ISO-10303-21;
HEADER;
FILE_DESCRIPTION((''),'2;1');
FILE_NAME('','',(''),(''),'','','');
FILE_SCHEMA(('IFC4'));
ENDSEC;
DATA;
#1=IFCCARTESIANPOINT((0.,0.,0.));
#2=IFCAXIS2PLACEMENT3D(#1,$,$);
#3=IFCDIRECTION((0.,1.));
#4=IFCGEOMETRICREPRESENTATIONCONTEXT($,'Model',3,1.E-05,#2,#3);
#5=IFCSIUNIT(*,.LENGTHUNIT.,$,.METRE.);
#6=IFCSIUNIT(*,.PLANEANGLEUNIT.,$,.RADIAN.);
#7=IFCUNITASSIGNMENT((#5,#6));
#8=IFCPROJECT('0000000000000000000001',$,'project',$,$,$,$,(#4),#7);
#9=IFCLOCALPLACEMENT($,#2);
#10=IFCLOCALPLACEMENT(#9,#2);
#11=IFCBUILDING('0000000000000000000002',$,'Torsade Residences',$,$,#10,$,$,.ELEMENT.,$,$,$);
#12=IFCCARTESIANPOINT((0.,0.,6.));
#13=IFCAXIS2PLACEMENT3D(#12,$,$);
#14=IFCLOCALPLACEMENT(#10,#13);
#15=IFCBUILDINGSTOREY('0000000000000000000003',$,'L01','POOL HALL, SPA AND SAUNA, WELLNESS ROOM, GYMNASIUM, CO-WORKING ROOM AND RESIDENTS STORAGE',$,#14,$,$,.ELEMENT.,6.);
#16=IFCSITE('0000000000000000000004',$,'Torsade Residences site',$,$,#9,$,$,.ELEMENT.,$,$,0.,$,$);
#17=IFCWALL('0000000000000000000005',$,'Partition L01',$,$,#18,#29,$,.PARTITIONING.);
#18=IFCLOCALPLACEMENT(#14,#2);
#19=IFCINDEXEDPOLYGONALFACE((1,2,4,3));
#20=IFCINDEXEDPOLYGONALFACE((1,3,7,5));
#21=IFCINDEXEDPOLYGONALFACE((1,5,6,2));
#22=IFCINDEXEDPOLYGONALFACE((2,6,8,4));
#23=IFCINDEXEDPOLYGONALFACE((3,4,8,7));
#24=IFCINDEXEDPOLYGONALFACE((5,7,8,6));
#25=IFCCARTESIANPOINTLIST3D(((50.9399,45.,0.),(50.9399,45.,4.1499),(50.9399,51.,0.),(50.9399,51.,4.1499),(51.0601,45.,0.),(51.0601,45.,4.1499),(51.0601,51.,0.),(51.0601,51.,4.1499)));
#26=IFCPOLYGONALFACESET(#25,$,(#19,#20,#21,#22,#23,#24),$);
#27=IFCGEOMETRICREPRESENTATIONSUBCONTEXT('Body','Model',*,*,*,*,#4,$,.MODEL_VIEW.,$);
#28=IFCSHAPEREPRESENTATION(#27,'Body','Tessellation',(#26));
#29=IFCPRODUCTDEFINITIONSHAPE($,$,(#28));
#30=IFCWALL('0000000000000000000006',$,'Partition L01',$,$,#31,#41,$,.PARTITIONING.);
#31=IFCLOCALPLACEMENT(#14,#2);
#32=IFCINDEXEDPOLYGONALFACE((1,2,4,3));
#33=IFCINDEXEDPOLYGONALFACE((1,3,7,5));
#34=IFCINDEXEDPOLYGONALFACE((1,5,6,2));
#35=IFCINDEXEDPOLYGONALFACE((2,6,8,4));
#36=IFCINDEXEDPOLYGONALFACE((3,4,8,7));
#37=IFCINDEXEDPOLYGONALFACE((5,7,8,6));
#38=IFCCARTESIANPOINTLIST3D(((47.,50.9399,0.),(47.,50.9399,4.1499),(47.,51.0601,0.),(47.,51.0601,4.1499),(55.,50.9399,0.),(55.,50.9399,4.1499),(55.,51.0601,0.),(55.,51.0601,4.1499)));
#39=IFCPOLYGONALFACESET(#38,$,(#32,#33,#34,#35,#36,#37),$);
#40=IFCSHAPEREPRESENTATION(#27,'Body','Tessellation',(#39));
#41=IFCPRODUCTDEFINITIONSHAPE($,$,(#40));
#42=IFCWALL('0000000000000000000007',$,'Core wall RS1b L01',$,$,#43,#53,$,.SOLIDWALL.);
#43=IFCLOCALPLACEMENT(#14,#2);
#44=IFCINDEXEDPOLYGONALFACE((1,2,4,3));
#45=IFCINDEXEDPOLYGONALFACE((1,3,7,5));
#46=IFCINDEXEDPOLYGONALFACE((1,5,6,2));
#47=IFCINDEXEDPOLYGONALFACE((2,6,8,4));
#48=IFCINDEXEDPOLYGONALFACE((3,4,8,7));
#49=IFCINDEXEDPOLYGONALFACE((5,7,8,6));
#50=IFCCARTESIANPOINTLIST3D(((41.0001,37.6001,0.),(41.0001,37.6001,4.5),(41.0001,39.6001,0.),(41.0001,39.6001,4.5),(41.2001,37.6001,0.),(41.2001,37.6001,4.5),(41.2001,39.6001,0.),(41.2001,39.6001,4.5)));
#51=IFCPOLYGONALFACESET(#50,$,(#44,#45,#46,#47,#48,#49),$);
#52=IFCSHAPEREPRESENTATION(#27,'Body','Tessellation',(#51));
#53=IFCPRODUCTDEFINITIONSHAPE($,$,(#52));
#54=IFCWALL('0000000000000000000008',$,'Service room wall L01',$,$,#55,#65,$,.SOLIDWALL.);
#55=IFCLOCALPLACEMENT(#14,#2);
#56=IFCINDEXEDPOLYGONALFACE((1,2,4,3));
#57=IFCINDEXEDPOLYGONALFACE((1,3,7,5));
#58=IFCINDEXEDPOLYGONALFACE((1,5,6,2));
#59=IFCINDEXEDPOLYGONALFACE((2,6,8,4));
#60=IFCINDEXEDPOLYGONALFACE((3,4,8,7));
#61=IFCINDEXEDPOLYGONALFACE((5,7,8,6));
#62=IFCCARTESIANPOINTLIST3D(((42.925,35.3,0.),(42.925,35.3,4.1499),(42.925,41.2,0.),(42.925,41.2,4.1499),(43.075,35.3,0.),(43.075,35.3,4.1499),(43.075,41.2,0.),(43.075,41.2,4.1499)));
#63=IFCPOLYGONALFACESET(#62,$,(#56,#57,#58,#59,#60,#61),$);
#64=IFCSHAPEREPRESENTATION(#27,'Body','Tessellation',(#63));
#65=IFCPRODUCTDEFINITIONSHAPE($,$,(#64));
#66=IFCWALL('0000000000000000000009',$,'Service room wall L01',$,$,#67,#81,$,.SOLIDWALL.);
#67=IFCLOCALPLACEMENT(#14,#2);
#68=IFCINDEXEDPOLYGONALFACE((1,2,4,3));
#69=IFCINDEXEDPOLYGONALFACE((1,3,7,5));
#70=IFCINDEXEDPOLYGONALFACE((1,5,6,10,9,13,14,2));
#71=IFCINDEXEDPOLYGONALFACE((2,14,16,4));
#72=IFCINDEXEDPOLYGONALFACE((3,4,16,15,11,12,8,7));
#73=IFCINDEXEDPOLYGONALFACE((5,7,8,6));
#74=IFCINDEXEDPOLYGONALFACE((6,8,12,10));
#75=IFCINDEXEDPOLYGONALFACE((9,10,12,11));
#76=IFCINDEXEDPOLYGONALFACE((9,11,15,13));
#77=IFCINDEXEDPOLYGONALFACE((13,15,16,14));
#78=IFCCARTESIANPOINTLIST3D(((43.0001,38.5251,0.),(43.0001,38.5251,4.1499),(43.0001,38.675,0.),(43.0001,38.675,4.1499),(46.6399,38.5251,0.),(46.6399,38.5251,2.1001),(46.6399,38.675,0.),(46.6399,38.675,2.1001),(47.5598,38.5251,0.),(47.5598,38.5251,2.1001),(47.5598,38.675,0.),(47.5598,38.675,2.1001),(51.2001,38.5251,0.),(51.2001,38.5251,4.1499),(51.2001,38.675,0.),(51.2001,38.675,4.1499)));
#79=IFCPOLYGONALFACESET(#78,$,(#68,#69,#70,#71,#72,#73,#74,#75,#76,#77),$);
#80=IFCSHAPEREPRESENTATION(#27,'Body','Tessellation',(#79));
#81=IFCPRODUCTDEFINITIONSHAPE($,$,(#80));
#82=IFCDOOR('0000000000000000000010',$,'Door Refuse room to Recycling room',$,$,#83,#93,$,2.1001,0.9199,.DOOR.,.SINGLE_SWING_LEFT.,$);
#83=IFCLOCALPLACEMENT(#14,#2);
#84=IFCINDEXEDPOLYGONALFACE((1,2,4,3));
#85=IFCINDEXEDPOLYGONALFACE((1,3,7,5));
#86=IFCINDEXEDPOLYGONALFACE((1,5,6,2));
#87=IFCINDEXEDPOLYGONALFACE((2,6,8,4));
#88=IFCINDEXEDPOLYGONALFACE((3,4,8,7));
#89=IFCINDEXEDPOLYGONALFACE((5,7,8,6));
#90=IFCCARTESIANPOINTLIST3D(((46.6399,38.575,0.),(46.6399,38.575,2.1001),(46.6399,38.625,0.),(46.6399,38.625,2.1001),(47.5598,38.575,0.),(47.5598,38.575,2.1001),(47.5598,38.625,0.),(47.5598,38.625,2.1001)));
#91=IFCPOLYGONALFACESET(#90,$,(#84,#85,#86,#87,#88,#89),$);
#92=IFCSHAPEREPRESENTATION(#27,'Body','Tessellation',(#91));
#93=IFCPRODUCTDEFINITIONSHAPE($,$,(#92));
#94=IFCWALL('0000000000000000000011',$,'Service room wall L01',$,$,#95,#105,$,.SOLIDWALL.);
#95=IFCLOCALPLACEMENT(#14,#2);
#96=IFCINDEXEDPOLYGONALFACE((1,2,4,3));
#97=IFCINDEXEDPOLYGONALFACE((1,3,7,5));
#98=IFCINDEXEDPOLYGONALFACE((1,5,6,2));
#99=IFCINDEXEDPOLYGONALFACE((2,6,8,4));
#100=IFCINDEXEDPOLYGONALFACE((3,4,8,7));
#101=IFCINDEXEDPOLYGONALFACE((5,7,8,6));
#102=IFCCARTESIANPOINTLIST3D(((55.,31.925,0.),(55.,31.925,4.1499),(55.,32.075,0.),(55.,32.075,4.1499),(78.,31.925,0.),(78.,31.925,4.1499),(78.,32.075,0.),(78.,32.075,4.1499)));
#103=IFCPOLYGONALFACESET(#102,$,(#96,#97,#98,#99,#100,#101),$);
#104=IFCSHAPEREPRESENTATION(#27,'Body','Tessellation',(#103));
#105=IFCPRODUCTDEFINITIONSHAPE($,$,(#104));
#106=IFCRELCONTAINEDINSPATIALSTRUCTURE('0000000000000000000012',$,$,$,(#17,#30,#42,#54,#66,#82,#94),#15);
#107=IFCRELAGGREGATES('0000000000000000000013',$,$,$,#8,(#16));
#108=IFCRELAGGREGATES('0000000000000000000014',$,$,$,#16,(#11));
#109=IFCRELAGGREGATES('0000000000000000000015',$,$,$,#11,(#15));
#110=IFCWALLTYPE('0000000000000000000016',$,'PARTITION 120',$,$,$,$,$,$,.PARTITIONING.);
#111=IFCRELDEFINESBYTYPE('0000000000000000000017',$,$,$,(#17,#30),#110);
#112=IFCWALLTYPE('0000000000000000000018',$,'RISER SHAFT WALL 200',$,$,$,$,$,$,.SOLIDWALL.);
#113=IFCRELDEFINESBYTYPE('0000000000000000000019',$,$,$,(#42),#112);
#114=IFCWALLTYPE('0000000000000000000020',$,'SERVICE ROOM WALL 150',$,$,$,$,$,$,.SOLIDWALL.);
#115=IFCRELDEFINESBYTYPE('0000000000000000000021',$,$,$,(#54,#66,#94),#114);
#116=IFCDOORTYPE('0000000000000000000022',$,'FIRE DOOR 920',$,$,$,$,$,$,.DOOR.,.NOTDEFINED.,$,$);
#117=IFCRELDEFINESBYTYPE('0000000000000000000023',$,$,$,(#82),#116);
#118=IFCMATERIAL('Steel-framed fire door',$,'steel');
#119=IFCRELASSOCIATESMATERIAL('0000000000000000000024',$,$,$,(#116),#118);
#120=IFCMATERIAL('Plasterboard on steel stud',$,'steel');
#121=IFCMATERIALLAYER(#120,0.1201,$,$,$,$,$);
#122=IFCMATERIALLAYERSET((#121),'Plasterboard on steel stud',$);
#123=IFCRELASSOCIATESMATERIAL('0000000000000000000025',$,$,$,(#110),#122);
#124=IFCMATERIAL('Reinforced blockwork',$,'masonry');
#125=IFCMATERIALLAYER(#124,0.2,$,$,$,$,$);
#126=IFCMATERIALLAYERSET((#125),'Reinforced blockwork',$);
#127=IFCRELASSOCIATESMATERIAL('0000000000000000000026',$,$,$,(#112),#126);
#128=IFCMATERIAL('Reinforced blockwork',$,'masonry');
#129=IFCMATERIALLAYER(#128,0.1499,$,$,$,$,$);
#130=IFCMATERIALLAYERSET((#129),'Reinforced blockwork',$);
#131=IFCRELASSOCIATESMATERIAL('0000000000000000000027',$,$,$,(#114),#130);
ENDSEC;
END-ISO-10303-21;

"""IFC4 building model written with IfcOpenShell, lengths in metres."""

from ifc_helpers import new_model, si_unit, direction, frame, frame_2d, origin, place, context, subcontext, project, spatial, rectangle, extrude, material, layer, layer_set, type_object, element, fill, save


model = new_model("IFC4")

# Units and contexts
model_context = context("Model", 3, precision=1e-05, world=origin(), true_north=direction((0.0, 1.0)))
body_context = subcontext(model_context, "Body", "Model", "MODEL_VIEW")
ifc_project = project(units=[si_unit("LENGTHUNIT", "METRE"), si_unit("PLANEANGLEUNIT", "RADIAN")], contexts=[model_context])

# Site, building, storey
site_placement = place(None, origin())
site = spatial("IfcSite", under=ifc_project, at=site_placement, Name="Torsade Residences site", CompositionType="ELEMENT", RefElevation=0.0)
building_placement = place(site_placement, origin())
building = spatial("IfcBuilding", under=site, at=building_placement, Name="Torsade Residences", CompositionType="ELEMENT")
storey_placement = place(building_placement, frame((0.0, 0.0, 6.0)))
storey = spatial("IfcBuildingStorey", under=building, at=storey_placement, Name="L01", Description="POOL HALL, SPA AND SAUNA, WELLNESS ROOM, GYMNASIUM, CO-WORKING ROOM AND RESIDENTS STORAGE", CompositionType="ELEMENT", Elevation=6.0)

# Shared definitions
ifc_material_1 = material(Name="Steel-framed fire door", Category="steel")
door_type_1 = type_object("IfcDoorType", Name="FIRE DOOR 920", OperationType="NOTDEFINED", PredefinedType="DOOR", material=ifc_material_1)

# Walls
ifc_material_2 = material(Name="Plasterboard on steel stud", Category="steel")
ifc_layer_1 = layer(ifc_material_2, 0.1201)
ifc_layer_set_1 = layer_set([ifc_layer_1], Name="Plasterboard on steel stud")
wall_type_1 = type_object("IfcWallType", Name="PARTITION 120", PredefinedType="PARTITIONING", material=ifc_layer_set_1)
wall_1_placement = place(storey_placement, frame((51.0, 51.0, 0.0), z_axis=(0.0, 0.0, 1.0), x_axis=(0.0, -1.0, 0.0)))
element("IfcWall", 1, at=wall_1_placement, inside=storey, type_object=wall_type_1, Name="Partition L01", PredefinedType="PARTITIONING", context=body_context, shape_type="SweptSolid", body=[
    extrude(rectangle(XDim=6.0, YDim=0.1201, at=frame_2d((3.0, 0.0))), origin(), (0.0, 0.0, 1.0), 4.1499),
])
wall_2_placement = place(storey_placement, frame((47.0, 51.0, 0.0), z_axis=(0.0, 0.0, 1.0), x_axis=(1.0, 0.0, 0.0)))
element("IfcWall", 2, at=wall_2_placement, inside=storey, type_object=wall_type_1, Name="Partition L01", PredefinedType="PARTITIONING", context=body_context, shape_type="SweptSolid", body=[
    extrude(rectangle(XDim=8.0, YDim=0.1201, at=frame_2d((4.0, 0.0))), origin(), (0.0, 0.0, 1.0), 4.1499),
])
ifc_material_3 = material(Name="Reinforced blockwork", Category="masonry")
ifc_layer_2 = layer(ifc_material_3, 0.2)
ifc_layer_set_2 = layer_set([ifc_layer_2], Name="Reinforced blockwork")
wall_type_2 = type_object("IfcWallType", Name="RISER SHAFT WALL 200", PredefinedType="SOLIDWALL", material=ifc_layer_set_2)
wall_3_placement = place(storey_placement, frame((41.1001, 37.6001, 0.0), z_axis=(0.0, 0.0, 1.0), x_axis=(0.0, 1.0, 0.0)))
element("IfcWall", 3, at=wall_3_placement, inside=storey, type_object=wall_type_2, Name="Core wall RS1b L01", PredefinedType="SOLIDWALL", context=body_context, shape_type="SweptSolid", body=[
    extrude(rectangle(XDim=2.0, YDim=0.2, at=frame_2d((1.0, 0.0))), origin(), (0.0, 0.0, 1.0), 4.5),
])
ifc_material_4 = material(Name="Reinforced blockwork", Category="masonry")
ifc_layer_3 = layer(ifc_material_4, 0.1499)
ifc_layer_set_3 = layer_set([ifc_layer_3], Name="Reinforced blockwork")
wall_type_3 = type_object("IfcWallType", Name="SERVICE ROOM WALL 150", PredefinedType="SOLIDWALL", material=ifc_layer_set_3)
wall_4_placement = place(storey_placement, frame((43.0, 41.2, 0.0), z_axis=(0.0, 0.0, 1.0), x_axis=(0.0, -1.0, 0.0)))
element("IfcWall", 4, at=wall_4_placement, inside=storey, type_object=wall_type_3, Name="Service room wall L01", PredefinedType="SOLIDWALL", context=body_context, shape_type="SweptSolid", body=[
    extrude(rectangle(XDim=5.8999, YDim=0.1499, at=frame_2d((2.95, 0.0))), origin(), (0.0, 0.0, 1.0), 4.1499),
])

# Wall, opening, door
wall_5_placement = place(storey_placement, frame((43.0, 38.6001, 0.0), z_axis=(0.0, 0.0, 1.0), x_axis=(1.0, 0.0, 0.0)))
wall_5 = element("IfcWall", 5, at=wall_5_placement, inside=storey, type_object=wall_type_3, Name="Service room wall L01", PredefinedType="SOLIDWALL", context=body_context, shape_type="SweptSolid", body=[
    extrude(rectangle(XDim=8.2, YDim=0.1499, at=frame_2d((4.1001, 0.0))), origin(), (0.0, 0.0, 1.0), 4.1499),
])
opening_1_placement = place(wall_5_placement, frame((3.6399, 0.0, 0.0)))
opening_1 = element("IfcOpeningElement", 6, at=opening_1_placement, cuts=wall_5, PredefinedType="OPENING", context=body_context, shape_type="SweptSolid", body=[
    extrude(rectangle(XDim=0.9199, YDim=2.1001, at=frame_2d((0.46, 1.05))), frame((0.0, 0.085, 0.0), z_axis=(0.0, -1.0, 0.0), x_axis=(1.0, 0.0, 0.0)), (0.0, 0.0, 1.0), 0.1699),
])
door_1_placement = place(opening_1_placement, origin())
door_1 = element("IfcDoor", 7, at=door_1_placement, inside=storey, type_object=door_type_1, Name="Door Refuse room to Recycling room", OperationType="SINGLE_SWING_LEFT", OverallHeight=2.1001, OverallWidth=0.9199, PredefinedType="DOOR", context=body_context, shape_type="SweptSolid", body=[
    extrude(rectangle(XDim=0.9199, YDim=2.1001, at=frame_2d((0.46, 1.05))), frame((0.0, 0.0249, 0.0), z_axis=(0.0, -1.0, 0.0), x_axis=(1.0, 0.0, 0.0)), (0.0, 0.0, 1.0), 0.05),
])
fill(opening_1, door_1)

# Wall
wall_6_placement = place(storey_placement, frame((55.0, 32.0, 0.0), z_axis=(0.0, 0.0, 1.0), x_axis=(1.0, 0.0, 0.0)))
element("IfcWall", 8, at=wall_6_placement, inside=storey, type_object=wall_type_3, Name="Service room wall L01", PredefinedType="SOLIDWALL", context=body_context, shape_type="SweptSolid", body=[
    extrude(rectangle(XDim=23.0, YDim=0.1499, at=frame_2d((11.5, 0.0))), origin(), (0.0, 0.0, 1.0), 4.1499),
])

save(model, "model.ifc")
